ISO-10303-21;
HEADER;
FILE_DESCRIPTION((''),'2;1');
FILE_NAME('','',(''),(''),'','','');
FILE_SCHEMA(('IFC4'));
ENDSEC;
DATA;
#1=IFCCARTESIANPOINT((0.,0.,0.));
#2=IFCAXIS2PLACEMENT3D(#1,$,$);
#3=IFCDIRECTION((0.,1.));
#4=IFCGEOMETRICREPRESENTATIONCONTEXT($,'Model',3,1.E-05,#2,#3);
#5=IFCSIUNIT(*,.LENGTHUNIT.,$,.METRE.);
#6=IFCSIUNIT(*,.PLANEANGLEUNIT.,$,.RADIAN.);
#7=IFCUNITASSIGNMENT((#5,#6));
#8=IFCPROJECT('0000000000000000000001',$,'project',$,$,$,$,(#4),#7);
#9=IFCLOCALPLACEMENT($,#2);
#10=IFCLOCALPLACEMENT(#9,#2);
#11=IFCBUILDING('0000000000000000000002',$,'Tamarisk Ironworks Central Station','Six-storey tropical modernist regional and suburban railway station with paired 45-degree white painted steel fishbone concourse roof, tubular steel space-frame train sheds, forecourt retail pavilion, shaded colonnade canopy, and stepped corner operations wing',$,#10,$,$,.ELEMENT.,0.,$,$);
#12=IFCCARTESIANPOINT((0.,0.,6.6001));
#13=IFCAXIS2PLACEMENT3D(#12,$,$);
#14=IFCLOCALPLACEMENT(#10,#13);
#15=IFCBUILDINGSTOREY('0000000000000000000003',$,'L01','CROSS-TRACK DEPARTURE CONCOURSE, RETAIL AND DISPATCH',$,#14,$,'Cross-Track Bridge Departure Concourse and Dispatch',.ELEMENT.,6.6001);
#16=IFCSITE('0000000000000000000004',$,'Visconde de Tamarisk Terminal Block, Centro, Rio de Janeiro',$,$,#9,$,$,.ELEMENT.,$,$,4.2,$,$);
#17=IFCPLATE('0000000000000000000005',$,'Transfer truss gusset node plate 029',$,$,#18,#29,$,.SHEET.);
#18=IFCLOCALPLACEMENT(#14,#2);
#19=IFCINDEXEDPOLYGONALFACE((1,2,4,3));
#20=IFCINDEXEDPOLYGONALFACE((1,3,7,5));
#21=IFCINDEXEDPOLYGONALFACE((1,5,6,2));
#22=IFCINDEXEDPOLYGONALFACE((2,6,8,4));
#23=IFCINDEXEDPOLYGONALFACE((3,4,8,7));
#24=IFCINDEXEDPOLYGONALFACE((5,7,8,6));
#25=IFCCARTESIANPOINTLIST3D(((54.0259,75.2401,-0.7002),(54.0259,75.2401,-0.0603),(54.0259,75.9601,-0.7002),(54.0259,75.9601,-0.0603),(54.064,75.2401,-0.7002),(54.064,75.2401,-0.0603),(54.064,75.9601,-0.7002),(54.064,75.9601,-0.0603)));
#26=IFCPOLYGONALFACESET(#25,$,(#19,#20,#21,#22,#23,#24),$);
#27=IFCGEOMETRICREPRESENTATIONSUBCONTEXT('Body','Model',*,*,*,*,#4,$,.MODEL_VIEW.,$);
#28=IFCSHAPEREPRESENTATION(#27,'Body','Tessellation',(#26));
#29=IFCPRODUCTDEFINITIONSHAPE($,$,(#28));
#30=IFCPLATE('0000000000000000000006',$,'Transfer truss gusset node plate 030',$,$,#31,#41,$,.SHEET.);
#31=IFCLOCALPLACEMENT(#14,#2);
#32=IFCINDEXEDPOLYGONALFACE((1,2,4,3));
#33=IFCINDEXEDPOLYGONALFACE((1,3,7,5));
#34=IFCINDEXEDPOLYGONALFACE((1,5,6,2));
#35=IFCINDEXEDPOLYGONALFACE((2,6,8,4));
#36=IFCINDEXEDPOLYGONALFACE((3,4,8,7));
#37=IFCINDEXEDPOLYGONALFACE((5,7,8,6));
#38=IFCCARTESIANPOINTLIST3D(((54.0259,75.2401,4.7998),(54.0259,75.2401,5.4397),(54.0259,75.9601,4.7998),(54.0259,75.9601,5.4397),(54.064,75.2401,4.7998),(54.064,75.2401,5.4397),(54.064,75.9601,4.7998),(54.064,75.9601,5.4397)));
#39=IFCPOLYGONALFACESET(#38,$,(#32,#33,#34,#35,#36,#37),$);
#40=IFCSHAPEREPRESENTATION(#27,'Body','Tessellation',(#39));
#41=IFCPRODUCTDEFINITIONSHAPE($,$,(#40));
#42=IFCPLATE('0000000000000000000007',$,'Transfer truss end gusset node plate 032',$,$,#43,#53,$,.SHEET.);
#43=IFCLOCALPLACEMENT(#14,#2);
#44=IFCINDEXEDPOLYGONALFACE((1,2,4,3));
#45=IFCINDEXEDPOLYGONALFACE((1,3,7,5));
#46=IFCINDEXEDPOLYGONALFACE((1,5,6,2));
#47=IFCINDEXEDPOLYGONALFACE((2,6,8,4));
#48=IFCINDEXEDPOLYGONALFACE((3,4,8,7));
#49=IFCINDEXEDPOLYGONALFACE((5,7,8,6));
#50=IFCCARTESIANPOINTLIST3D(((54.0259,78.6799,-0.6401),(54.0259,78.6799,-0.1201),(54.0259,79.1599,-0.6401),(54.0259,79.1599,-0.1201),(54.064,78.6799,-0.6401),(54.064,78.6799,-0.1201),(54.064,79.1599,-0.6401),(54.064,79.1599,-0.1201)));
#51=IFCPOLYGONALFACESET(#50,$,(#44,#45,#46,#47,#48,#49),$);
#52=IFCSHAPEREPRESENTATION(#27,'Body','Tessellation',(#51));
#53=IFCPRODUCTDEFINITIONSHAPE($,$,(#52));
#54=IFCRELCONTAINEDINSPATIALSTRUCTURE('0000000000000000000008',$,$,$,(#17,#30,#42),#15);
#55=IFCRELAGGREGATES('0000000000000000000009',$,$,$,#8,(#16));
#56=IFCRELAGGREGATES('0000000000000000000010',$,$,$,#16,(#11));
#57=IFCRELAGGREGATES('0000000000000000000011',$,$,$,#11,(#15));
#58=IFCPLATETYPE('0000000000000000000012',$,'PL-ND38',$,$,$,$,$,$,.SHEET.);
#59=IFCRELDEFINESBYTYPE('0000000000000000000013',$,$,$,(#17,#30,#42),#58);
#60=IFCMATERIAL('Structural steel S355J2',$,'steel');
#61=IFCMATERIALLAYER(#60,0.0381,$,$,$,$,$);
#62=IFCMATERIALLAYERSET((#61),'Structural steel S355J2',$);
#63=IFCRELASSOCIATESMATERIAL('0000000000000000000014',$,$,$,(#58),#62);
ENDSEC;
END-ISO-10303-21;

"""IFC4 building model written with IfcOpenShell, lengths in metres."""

from ifc_helpers import new_model, si_unit, direction, frame, origin, origin_2d, place, context, subcontext, project, spatial, rectangle, extrude, material, layer, layer_set, type_object, element, save


model = new_model("IFC4")

# Units and contexts
model_context = context("Model", 3, precision=1e-05, world=origin(), true_north=direction((0.0, 1.0)))
body_context = subcontext(model_context, "Body", "Model", "MODEL_VIEW")
ifc_project = project(units=[si_unit("LENGTHUNIT", "METRE"), si_unit("PLANEANGLEUNIT", "RADIAN")], contexts=[model_context])

# Site, building, storey
site_placement = place(None, origin())
site = spatial("IfcSite", under=ifc_project, at=site_placement, Name="Visconde de Tamarisk Terminal Block, Centro, Rio de Janeiro", CompositionType="ELEMENT", RefElevation=4.2)
building_placement = place(site_placement, origin())
building = spatial("IfcBuilding", under=site, at=building_placement, Name="Tamarisk Ironworks Central Station", Description="Six-storey tropical modernist regional and suburban railway station with paired 45-degree white painted steel fishbone concourse roof, tubular steel space-frame train sheds, forecourt retail pavilion, shaded colonnade canopy, and stepped corner operations wing", CompositionType="ELEMENT", ElevationOfRefHeight=0.0)
storey_placement = place(building_placement, frame((0.0, 0.0, 6.6001)))
storey = spatial("IfcBuildingStorey", under=building, at=storey_placement, Name="L01", Description="CROSS-TRACK DEPARTURE CONCOURSE, RETAIL AND DISPATCH", LongName="Cross-Track Bridge Departure Concourse and Dispatch", CompositionType="ELEMENT", Elevation=6.6001)

# Shared definitions
ifc_material_1 = material(Name="Structural steel S355J2", Category="steel")

# Plates
ifc_layer_1 = layer(ifc_material_1, 0.0381)
ifc_layer_set_1 = layer_set([ifc_layer_1], Name="Structural steel S355J2")
plate_type_1 = type_object("IfcPlateType", Name="PL-ND38", PredefinedType="SHEET", material=ifc_layer_set_1)
for number, where, z_axis, x_axis, name in (
    (1, (54.0449, 75.6001, -0.7002), (0.0, 0.0, 1.0), (1.0, 0.0, 0.0), "Transfer truss gusset node plate 029"),
    (2, (54.0449, 75.6001, 4.7998), (0.0, 0.0, 1.0), (1.0, 0.0, 0.0), "Transfer truss gusset node plate 030"),
):
    element("IfcPlate", number, at=place(storey_placement, frame(where, z_axis=z_axis, x_axis=x_axis)), inside=storey, type_object=plate_type_1, Name=name, PredefinedType="SHEET", context=body_context, shape_type="SweptSolid", body=[
        extrude(rectangle(XDim=0.0381, YDim=0.72, at=origin_2d()), origin(), (0.0, 0.0, 1.0), 0.6399),
    ])
plate_1_placement = place(storey_placement, frame((54.0449, 78.9199, -0.6401), z_axis=(0.0, 0.0, 1.0), x_axis=(1.0, 0.0, 0.0)))
element("IfcPlate", 3, at=plate_1_placement, inside=storey, type_object=plate_type_1, Name="Transfer truss end gusset node plate 032", PredefinedType="SHEET", context=body_context, shape_type="SweptSolid", body=[
    extrude(rectangle(XDim=0.0381, YDim=0.48, at=origin_2d()), origin(), (0.0, 0.0, 1.0), 0.52),
])

save(model, "model.ifc")
